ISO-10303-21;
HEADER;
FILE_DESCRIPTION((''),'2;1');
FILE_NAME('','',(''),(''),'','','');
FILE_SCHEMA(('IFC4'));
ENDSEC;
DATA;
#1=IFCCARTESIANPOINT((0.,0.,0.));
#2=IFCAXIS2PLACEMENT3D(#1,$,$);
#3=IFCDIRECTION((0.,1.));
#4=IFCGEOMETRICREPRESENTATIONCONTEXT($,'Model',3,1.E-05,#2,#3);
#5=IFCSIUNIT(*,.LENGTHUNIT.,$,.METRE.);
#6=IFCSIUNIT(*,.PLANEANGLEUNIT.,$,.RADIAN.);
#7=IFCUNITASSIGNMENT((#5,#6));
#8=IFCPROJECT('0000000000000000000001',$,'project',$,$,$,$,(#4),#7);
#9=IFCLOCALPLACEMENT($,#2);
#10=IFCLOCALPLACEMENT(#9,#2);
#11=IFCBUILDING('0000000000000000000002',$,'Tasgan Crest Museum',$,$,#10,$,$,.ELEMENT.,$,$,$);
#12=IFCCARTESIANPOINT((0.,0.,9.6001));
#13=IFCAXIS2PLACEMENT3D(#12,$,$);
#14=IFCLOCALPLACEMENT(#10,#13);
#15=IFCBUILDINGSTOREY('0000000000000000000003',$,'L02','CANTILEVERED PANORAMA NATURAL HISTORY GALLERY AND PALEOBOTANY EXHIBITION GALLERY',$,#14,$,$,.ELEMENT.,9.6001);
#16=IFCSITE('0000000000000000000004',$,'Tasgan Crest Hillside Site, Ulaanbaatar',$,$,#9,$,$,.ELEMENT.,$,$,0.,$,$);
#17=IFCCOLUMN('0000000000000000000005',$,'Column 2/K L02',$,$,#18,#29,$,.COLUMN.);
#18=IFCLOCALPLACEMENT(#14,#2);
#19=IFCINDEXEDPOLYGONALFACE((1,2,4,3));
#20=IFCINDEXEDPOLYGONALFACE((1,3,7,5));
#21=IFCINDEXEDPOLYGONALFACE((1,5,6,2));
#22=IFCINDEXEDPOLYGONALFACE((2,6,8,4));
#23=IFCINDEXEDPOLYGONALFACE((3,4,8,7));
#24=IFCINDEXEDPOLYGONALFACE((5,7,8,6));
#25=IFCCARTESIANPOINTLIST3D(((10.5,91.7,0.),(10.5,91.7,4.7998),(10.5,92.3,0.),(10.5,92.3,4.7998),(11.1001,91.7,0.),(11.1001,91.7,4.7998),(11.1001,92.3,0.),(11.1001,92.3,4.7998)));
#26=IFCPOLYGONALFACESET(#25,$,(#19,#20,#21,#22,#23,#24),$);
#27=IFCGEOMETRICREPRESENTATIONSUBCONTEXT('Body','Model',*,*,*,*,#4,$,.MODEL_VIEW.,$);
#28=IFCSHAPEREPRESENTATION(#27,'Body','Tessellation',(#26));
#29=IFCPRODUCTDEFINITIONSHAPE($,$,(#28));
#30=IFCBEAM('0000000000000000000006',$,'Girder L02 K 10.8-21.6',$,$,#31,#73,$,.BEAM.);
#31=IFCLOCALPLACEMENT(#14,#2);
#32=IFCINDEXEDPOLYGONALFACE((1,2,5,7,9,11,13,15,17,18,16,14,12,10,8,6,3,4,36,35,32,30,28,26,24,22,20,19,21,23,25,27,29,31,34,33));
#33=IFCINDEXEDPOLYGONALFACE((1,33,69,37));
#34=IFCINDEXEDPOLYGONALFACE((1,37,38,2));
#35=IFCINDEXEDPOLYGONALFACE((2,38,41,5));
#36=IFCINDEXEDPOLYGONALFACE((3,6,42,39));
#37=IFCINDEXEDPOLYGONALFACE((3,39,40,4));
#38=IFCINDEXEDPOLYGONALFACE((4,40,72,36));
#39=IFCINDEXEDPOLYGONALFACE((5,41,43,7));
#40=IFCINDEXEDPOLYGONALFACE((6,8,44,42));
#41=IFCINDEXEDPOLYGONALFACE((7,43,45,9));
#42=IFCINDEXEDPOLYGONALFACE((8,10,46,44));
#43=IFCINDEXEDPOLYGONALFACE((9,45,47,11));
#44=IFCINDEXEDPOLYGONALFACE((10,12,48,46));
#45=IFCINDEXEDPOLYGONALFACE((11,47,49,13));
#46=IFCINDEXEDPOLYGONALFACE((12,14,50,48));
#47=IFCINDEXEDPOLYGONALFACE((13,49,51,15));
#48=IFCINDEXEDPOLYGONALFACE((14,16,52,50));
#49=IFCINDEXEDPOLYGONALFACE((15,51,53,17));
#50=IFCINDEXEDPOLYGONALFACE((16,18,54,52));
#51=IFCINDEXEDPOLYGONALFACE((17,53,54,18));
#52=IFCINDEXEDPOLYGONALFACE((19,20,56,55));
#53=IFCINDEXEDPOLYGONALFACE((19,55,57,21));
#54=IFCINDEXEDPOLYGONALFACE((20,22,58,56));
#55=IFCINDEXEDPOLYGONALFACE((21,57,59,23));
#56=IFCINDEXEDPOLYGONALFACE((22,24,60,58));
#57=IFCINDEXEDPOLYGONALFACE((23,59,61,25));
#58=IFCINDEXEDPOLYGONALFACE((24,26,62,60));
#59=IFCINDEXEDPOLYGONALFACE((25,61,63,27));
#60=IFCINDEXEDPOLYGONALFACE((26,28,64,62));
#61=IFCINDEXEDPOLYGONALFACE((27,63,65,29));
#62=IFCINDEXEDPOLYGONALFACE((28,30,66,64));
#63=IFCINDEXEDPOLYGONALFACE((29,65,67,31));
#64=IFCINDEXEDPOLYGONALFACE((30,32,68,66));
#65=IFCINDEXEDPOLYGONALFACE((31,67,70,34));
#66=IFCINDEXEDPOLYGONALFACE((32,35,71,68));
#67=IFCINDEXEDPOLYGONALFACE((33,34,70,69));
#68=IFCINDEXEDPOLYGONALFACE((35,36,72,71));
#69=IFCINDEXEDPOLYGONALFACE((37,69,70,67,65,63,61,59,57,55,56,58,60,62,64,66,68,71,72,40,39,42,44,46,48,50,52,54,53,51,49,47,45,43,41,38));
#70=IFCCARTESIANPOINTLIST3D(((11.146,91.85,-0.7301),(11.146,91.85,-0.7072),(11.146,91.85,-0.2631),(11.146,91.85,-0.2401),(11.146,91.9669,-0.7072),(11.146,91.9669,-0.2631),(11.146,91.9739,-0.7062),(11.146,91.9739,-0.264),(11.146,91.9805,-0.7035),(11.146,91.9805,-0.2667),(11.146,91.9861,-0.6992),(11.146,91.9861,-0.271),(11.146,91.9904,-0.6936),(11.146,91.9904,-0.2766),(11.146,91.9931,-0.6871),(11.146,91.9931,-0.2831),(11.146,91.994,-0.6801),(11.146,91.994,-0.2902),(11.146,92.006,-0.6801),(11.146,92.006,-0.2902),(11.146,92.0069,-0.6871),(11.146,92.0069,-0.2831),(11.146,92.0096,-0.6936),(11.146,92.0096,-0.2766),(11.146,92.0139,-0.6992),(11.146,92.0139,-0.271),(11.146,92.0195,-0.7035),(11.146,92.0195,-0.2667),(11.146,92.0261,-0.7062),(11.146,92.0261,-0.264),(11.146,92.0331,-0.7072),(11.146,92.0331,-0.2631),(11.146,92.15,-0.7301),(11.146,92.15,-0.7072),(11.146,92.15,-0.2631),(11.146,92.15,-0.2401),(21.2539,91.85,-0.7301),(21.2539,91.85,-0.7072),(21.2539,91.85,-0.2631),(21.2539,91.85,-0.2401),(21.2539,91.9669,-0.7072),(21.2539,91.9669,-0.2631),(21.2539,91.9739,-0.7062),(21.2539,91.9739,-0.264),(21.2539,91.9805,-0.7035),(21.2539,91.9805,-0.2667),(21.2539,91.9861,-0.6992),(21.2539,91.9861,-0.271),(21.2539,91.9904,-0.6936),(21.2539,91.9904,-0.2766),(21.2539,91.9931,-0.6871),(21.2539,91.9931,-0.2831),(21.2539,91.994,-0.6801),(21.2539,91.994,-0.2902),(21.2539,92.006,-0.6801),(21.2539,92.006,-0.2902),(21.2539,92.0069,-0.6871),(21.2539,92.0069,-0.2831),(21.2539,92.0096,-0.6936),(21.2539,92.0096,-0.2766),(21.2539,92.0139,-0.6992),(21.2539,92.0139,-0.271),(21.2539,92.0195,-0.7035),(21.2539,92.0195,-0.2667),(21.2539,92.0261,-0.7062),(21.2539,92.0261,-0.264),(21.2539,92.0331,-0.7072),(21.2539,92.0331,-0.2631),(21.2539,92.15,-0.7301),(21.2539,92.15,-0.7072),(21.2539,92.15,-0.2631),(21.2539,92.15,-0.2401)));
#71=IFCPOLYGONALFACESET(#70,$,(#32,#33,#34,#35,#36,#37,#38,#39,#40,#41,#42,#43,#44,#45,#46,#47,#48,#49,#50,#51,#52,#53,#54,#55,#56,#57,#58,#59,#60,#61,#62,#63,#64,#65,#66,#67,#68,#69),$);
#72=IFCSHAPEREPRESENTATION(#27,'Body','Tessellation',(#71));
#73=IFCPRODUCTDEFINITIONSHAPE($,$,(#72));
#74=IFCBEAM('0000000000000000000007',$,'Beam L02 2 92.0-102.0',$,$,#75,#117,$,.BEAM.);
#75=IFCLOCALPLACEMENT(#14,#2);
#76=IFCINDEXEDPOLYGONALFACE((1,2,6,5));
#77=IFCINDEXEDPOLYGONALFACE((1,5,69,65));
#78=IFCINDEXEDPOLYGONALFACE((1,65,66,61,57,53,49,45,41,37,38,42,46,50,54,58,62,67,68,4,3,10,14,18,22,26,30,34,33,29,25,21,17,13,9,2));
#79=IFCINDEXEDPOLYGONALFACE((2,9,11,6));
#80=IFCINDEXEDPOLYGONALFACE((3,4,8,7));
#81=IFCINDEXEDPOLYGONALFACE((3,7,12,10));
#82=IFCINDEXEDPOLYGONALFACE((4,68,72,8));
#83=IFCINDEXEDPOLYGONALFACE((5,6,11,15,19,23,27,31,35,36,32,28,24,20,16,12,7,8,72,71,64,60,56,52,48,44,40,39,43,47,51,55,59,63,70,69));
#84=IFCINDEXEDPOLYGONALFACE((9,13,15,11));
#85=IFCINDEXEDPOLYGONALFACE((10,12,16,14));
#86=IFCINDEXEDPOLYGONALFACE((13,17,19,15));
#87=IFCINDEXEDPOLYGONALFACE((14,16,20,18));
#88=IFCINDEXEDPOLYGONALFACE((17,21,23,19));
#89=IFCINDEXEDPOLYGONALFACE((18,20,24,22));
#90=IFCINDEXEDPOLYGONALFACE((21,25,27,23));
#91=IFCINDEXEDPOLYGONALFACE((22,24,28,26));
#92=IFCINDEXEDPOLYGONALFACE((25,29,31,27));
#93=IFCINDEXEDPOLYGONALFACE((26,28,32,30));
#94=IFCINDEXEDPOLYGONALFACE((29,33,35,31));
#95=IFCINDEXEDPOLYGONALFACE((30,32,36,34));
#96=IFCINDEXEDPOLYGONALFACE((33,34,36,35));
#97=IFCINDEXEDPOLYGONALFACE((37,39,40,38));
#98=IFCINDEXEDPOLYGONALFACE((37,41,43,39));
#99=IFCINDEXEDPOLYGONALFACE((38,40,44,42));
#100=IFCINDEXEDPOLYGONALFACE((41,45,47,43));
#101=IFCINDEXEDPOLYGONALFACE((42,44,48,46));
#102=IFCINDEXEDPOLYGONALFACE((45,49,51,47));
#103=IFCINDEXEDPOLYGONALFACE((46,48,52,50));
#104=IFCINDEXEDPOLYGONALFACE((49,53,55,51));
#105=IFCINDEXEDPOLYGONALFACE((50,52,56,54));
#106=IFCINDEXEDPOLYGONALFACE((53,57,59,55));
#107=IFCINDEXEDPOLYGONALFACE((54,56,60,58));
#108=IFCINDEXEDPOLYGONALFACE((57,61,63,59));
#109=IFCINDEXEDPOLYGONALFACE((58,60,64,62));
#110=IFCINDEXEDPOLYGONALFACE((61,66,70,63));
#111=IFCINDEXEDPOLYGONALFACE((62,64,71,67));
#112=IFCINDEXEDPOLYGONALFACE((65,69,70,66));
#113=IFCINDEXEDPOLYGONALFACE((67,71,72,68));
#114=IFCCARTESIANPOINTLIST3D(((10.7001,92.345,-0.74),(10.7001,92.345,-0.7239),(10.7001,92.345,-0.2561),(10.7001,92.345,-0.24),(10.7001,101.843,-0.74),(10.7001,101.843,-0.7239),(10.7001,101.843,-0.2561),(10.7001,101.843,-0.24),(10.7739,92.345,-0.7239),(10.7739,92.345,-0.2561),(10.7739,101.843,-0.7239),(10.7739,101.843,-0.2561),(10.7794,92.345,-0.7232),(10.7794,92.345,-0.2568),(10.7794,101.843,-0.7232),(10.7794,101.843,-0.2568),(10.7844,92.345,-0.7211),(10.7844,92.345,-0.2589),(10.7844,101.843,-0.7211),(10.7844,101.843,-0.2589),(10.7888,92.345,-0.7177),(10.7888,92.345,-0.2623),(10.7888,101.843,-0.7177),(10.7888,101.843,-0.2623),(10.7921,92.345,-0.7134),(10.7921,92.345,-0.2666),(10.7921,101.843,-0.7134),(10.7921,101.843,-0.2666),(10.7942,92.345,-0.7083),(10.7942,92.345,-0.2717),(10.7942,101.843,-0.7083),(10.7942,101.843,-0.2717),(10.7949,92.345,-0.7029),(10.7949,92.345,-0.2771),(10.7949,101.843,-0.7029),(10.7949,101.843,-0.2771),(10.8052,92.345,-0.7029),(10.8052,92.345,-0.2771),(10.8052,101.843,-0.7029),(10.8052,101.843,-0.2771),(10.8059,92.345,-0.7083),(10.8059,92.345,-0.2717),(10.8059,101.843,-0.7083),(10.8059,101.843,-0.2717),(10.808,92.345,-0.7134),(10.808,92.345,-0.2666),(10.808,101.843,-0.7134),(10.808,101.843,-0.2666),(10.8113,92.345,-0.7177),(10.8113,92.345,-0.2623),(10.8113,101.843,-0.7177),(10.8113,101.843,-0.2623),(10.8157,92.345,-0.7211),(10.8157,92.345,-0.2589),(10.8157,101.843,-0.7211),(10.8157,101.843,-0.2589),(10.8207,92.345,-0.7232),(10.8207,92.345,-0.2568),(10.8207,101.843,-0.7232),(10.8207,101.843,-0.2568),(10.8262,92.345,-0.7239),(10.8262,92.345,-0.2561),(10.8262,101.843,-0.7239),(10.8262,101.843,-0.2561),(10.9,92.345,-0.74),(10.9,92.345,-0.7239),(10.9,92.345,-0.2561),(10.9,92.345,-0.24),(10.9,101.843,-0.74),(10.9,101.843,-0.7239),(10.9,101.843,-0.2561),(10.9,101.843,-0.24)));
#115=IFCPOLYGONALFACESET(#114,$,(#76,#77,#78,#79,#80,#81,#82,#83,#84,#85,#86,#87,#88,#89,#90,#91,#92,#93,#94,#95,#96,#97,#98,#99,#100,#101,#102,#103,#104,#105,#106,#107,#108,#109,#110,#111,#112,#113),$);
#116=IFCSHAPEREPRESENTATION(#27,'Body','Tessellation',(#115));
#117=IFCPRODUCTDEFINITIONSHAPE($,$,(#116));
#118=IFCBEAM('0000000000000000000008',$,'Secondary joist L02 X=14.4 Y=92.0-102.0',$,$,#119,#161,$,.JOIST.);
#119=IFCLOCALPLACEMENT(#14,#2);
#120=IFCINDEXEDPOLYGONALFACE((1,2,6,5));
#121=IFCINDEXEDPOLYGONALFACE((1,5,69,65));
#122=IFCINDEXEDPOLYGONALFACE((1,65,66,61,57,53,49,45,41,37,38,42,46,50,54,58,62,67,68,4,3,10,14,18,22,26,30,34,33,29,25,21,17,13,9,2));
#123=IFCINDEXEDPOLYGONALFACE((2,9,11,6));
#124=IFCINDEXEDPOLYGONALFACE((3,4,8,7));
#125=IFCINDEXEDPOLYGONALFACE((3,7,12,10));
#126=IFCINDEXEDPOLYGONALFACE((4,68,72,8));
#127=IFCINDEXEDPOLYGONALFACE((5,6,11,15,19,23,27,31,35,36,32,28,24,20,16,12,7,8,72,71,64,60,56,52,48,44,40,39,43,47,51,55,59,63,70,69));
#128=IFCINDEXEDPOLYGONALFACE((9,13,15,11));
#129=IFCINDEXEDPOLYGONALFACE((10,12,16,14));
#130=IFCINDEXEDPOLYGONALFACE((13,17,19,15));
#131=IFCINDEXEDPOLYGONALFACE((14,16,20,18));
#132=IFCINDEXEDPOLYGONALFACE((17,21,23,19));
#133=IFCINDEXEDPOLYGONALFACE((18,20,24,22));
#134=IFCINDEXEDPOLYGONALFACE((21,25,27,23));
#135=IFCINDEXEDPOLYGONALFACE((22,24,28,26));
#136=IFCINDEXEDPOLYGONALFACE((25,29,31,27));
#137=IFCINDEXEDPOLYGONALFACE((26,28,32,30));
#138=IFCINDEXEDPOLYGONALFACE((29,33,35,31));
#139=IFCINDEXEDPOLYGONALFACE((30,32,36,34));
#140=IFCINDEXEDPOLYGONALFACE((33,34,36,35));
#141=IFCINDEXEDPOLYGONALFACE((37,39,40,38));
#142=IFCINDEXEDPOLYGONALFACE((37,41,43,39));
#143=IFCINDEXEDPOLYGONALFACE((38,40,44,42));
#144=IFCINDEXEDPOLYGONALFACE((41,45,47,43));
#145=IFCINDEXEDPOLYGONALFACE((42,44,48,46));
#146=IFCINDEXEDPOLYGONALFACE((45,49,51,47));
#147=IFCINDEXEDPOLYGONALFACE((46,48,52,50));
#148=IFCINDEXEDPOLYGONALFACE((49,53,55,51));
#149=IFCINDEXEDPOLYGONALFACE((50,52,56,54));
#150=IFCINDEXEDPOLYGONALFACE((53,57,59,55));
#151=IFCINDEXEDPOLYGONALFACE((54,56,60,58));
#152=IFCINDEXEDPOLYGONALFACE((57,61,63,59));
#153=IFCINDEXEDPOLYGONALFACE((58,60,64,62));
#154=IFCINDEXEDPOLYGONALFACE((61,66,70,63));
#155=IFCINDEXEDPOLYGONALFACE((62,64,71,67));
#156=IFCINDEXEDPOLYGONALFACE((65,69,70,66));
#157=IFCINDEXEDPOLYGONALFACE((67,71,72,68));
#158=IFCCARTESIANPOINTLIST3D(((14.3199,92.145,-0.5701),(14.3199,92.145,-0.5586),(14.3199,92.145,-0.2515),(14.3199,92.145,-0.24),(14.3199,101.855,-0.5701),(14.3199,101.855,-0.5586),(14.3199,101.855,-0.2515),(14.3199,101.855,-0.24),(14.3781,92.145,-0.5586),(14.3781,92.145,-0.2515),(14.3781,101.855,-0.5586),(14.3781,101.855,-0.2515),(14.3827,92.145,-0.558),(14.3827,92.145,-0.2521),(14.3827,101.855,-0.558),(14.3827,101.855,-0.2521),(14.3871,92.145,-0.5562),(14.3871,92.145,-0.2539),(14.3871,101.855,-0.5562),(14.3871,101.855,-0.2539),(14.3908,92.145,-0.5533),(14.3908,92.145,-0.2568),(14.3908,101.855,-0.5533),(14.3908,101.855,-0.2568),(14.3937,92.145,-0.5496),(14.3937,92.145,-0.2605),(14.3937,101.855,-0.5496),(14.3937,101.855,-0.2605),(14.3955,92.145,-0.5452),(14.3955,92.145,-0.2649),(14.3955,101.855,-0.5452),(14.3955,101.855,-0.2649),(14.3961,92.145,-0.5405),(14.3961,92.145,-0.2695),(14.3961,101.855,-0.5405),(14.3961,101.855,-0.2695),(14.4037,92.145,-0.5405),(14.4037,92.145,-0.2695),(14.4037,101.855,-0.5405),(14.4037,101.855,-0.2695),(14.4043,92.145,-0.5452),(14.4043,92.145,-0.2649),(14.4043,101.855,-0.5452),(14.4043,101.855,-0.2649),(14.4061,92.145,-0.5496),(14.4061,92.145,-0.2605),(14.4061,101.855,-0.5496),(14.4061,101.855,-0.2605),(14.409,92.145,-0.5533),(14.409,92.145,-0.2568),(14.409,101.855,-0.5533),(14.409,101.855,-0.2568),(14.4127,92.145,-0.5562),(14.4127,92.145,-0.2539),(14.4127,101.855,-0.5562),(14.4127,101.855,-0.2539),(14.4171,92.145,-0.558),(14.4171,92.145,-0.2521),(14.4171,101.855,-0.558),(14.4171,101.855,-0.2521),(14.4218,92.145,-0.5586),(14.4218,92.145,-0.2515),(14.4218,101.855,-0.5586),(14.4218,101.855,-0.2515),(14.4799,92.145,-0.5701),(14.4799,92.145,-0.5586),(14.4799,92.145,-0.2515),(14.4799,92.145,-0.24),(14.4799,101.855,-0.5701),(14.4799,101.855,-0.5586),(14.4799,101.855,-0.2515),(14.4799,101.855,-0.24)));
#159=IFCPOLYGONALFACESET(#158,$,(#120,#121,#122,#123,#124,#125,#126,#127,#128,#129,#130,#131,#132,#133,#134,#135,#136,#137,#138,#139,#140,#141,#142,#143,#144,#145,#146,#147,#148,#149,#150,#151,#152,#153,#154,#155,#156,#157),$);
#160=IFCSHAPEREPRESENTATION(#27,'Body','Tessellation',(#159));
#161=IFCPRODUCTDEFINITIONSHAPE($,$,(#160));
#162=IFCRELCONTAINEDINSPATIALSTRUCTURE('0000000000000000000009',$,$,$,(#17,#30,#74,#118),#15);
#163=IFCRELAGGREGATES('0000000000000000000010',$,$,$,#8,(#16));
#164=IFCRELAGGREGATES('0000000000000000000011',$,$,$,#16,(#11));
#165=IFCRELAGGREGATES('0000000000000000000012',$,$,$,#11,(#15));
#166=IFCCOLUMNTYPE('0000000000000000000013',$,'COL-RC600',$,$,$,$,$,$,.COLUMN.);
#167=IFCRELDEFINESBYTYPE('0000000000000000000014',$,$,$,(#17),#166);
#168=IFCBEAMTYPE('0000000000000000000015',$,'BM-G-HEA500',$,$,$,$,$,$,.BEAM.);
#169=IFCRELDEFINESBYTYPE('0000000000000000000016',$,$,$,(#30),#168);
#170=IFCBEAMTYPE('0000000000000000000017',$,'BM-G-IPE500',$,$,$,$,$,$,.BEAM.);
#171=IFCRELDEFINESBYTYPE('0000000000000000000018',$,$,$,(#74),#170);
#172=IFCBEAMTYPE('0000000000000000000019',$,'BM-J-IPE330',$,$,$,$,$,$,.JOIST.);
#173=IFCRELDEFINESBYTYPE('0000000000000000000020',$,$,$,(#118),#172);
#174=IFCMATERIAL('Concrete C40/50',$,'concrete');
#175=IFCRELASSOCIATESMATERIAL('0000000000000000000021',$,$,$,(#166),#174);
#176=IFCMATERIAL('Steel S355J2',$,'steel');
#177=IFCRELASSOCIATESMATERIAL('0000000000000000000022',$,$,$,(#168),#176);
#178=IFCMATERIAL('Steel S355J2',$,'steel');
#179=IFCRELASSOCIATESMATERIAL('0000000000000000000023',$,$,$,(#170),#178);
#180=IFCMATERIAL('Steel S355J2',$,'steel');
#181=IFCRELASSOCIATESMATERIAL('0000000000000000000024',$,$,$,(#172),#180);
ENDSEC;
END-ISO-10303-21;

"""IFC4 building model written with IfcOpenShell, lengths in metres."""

from ifc_helpers import new_model, si_unit, direction, frame, origin, origin_2d, place, context, subcontext, project, spatial, rectangle, i_section, extrude, material, material_profile, profile_set, type_object, element, save


model = new_model("IFC4")

# Units and contexts
model_context = context("Model", 3, precision=1e-05, world=origin(), true_north=direction((0.0, 1.0)))
body_context = subcontext(model_context, "Body", "Model", "MODEL_VIEW")
ifc_project = project(units=[si_unit("LENGTHUNIT", "METRE"), si_unit("PLANEANGLEUNIT", "RADIAN")], contexts=[model_context])

# Site, building, storey
site_placement = place(None, origin())
site = spatial("IfcSite", under=ifc_project, at=site_placement, Name="Tasgan Crest Hillside Site, Ulaanbaatar", CompositionType="ELEMENT", RefElevation=0.0)
building_placement = place(site_placement, origin())
building = spatial("IfcBuilding", under=site, at=building_placement, Name="Tasgan Crest Museum", CompositionType="ELEMENT")
storey_placement = place(building_placement, frame((0.0, 0.0, 9.6001)))
storey = spatial("IfcBuildingStorey", under=building, at=storey_placement, Name="L02", Description="CANTILEVERED PANORAMA NATURAL HISTORY GALLERY AND PALEOBOTANY EXHIBITION GALLERY", CompositionType="ELEMENT", Elevation=9.6001)

# Column
ifc_material_1 = material(Name="Concrete C40/50", Category="concrete")
ifc_material_profile_1 = material_profile(ifc_material_1, rectangle(XDim=0.6001, YDim=0.6001, at=origin_2d()), Name="RC 600x600")
ifc_profile_set_1 = profile_set([ifc_material_profile_1], Name="Concrete C40/50")
column_type = type_object("IfcColumnType", Name="COL-RC600", PredefinedType="COLUMN", material=ifc_profile_set_1)
column_placement = place(storey_placement, frame((10.8, 92.0, 0.0), z_axis=(0.0, 0.0, 1.0), x_axis=(1.0, 0.0, 0.0)))
element("IfcColumn", 1, at=column_placement, inside=storey, type_object=column_type, Name="Column 2/K L02", PredefinedType="COLUMN", context=body_context, shape_type="SweptSolid", body=[
    extrude(rectangle(XDim=0.6001, YDim=0.6001, at=origin_2d()), origin(), (0.0, 0.0, 1.0), 4.7998),
])

# Beams
ifc_material_2 = material(Name="Steel S355J2", Category="steel")
ifc_material_profile_2 = material_profile(ifc_material_2, i_section(OverallWidth=0.3, OverallDepth=0.49, WebThickness=0.012, FlangeThickness=0.0229, FilletRadius=0.0271, at=origin_2d()), Name="HEA 500")
ifc_profile_set_2 = profile_set([ifc_material_profile_2], Name="Steel S355J2")
beam_type_1 = type_object("IfcBeamType", Name="BM-G-HEA500", PredefinedType="BEAM", material=ifc_profile_set_2)
beam_1_placement = place(storey_placement, frame((11.146, 92.0, -0.4851), z_axis=(1.0, 0.0, 0.0), x_axis=(0.0, 1.0, 0.0)))
element("IfcBeam", 2, at=beam_1_placement, inside=storey, type_object=beam_type_1, Name="Girder L02 K 10.8-21.6", PredefinedType="BEAM", context=body_context, shape_type="SweptSolid", body=[
    extrude(i_section(OverallWidth=0.3, OverallDepth=0.49, WebThickness=0.012, FlangeThickness=0.0229, FilletRadius=0.0271, at=origin_2d()), origin(), (0.0, 0.0, 1.0), 10.1079),
])
ifc_material_3 = material(Name="Steel S355J2", Category="steel")
ifc_material_profile_3 = material_profile(ifc_material_3, i_section(OverallWidth=0.2, OverallDepth=0.5, WebThickness=0.0103, FlangeThickness=0.0161, FilletRadius=0.021, at=origin_2d()), Name="IPE 500")
ifc_profile_set_3 = profile_set([ifc_material_profile_3], Name="Steel S355J2")
beam_type_2 = type_object("IfcBeamType", Name="BM-G-IPE500", PredefinedType="BEAM", material=ifc_profile_set_3)
beam_2_placement = place(storey_placement, frame((10.8, 92.345, -0.49), z_axis=(0.0, 1.0, 0.0), x_axis=(-1.0, 0.0, 0.0)))
element("IfcBeam", 3, at=beam_2_placement, inside=storey, type_object=beam_type_2, Name="Beam L02 2 92.0-102.0", PredefinedType="BEAM", context=body_context, shape_type="SweptSolid", body=[
    extrude(i_section(OverallWidth=0.2, OverallDepth=0.5, WebThickness=0.0103, FlangeThickness=0.0161, FilletRadius=0.021, at=origin_2d()), origin(), (0.0, 0.0, 1.0), 9.498),
])
ifc_material_4 = material(Name="Steel S355J2", Category="steel")
ifc_material_profile_4 = material_profile(ifc_material_4, i_section(OverallWidth=0.1599, OverallDepth=0.3301, WebThickness=0.0076, FlangeThickness=0.0115, FilletRadius=0.0181, at=origin_2d()), Name="IPE 330")
ifc_profile_set_4 = profile_set([ifc_material_profile_4], Name="Steel S355J2")
beam_type_3 = type_object("IfcBeamType", Name="BM-J-IPE330", PredefinedType="JOIST", material=ifc_profile_set_4)
for number, where, z_axis, x_axis, name in (
    (4, (14.3999, 92.145, -0.405), (0.0, 1.0, 0.0), (-1.0, 0.0, 0.0), "Secondary joist L02 X=14.4 Y=92.0-102.0"),
):
    element("IfcBeam", number, at=place(storey_placement, frame(where, z_axis=z_axis, x_axis=x_axis)), inside=storey, type_object=beam_type_3, Name=name, PredefinedType="JOIST", context=body_context, shape_type="SweptSolid", body=[
        extrude(i_section(OverallWidth=0.1599, OverallDepth=0.3301, WebThickness=0.0076, FlangeThickness=0.0115, FilletRadius=0.0181, at=origin_2d()), origin(), (0.0, 0.0, 1.0), 9.71),
    ])

save(model, "model.ifc")
